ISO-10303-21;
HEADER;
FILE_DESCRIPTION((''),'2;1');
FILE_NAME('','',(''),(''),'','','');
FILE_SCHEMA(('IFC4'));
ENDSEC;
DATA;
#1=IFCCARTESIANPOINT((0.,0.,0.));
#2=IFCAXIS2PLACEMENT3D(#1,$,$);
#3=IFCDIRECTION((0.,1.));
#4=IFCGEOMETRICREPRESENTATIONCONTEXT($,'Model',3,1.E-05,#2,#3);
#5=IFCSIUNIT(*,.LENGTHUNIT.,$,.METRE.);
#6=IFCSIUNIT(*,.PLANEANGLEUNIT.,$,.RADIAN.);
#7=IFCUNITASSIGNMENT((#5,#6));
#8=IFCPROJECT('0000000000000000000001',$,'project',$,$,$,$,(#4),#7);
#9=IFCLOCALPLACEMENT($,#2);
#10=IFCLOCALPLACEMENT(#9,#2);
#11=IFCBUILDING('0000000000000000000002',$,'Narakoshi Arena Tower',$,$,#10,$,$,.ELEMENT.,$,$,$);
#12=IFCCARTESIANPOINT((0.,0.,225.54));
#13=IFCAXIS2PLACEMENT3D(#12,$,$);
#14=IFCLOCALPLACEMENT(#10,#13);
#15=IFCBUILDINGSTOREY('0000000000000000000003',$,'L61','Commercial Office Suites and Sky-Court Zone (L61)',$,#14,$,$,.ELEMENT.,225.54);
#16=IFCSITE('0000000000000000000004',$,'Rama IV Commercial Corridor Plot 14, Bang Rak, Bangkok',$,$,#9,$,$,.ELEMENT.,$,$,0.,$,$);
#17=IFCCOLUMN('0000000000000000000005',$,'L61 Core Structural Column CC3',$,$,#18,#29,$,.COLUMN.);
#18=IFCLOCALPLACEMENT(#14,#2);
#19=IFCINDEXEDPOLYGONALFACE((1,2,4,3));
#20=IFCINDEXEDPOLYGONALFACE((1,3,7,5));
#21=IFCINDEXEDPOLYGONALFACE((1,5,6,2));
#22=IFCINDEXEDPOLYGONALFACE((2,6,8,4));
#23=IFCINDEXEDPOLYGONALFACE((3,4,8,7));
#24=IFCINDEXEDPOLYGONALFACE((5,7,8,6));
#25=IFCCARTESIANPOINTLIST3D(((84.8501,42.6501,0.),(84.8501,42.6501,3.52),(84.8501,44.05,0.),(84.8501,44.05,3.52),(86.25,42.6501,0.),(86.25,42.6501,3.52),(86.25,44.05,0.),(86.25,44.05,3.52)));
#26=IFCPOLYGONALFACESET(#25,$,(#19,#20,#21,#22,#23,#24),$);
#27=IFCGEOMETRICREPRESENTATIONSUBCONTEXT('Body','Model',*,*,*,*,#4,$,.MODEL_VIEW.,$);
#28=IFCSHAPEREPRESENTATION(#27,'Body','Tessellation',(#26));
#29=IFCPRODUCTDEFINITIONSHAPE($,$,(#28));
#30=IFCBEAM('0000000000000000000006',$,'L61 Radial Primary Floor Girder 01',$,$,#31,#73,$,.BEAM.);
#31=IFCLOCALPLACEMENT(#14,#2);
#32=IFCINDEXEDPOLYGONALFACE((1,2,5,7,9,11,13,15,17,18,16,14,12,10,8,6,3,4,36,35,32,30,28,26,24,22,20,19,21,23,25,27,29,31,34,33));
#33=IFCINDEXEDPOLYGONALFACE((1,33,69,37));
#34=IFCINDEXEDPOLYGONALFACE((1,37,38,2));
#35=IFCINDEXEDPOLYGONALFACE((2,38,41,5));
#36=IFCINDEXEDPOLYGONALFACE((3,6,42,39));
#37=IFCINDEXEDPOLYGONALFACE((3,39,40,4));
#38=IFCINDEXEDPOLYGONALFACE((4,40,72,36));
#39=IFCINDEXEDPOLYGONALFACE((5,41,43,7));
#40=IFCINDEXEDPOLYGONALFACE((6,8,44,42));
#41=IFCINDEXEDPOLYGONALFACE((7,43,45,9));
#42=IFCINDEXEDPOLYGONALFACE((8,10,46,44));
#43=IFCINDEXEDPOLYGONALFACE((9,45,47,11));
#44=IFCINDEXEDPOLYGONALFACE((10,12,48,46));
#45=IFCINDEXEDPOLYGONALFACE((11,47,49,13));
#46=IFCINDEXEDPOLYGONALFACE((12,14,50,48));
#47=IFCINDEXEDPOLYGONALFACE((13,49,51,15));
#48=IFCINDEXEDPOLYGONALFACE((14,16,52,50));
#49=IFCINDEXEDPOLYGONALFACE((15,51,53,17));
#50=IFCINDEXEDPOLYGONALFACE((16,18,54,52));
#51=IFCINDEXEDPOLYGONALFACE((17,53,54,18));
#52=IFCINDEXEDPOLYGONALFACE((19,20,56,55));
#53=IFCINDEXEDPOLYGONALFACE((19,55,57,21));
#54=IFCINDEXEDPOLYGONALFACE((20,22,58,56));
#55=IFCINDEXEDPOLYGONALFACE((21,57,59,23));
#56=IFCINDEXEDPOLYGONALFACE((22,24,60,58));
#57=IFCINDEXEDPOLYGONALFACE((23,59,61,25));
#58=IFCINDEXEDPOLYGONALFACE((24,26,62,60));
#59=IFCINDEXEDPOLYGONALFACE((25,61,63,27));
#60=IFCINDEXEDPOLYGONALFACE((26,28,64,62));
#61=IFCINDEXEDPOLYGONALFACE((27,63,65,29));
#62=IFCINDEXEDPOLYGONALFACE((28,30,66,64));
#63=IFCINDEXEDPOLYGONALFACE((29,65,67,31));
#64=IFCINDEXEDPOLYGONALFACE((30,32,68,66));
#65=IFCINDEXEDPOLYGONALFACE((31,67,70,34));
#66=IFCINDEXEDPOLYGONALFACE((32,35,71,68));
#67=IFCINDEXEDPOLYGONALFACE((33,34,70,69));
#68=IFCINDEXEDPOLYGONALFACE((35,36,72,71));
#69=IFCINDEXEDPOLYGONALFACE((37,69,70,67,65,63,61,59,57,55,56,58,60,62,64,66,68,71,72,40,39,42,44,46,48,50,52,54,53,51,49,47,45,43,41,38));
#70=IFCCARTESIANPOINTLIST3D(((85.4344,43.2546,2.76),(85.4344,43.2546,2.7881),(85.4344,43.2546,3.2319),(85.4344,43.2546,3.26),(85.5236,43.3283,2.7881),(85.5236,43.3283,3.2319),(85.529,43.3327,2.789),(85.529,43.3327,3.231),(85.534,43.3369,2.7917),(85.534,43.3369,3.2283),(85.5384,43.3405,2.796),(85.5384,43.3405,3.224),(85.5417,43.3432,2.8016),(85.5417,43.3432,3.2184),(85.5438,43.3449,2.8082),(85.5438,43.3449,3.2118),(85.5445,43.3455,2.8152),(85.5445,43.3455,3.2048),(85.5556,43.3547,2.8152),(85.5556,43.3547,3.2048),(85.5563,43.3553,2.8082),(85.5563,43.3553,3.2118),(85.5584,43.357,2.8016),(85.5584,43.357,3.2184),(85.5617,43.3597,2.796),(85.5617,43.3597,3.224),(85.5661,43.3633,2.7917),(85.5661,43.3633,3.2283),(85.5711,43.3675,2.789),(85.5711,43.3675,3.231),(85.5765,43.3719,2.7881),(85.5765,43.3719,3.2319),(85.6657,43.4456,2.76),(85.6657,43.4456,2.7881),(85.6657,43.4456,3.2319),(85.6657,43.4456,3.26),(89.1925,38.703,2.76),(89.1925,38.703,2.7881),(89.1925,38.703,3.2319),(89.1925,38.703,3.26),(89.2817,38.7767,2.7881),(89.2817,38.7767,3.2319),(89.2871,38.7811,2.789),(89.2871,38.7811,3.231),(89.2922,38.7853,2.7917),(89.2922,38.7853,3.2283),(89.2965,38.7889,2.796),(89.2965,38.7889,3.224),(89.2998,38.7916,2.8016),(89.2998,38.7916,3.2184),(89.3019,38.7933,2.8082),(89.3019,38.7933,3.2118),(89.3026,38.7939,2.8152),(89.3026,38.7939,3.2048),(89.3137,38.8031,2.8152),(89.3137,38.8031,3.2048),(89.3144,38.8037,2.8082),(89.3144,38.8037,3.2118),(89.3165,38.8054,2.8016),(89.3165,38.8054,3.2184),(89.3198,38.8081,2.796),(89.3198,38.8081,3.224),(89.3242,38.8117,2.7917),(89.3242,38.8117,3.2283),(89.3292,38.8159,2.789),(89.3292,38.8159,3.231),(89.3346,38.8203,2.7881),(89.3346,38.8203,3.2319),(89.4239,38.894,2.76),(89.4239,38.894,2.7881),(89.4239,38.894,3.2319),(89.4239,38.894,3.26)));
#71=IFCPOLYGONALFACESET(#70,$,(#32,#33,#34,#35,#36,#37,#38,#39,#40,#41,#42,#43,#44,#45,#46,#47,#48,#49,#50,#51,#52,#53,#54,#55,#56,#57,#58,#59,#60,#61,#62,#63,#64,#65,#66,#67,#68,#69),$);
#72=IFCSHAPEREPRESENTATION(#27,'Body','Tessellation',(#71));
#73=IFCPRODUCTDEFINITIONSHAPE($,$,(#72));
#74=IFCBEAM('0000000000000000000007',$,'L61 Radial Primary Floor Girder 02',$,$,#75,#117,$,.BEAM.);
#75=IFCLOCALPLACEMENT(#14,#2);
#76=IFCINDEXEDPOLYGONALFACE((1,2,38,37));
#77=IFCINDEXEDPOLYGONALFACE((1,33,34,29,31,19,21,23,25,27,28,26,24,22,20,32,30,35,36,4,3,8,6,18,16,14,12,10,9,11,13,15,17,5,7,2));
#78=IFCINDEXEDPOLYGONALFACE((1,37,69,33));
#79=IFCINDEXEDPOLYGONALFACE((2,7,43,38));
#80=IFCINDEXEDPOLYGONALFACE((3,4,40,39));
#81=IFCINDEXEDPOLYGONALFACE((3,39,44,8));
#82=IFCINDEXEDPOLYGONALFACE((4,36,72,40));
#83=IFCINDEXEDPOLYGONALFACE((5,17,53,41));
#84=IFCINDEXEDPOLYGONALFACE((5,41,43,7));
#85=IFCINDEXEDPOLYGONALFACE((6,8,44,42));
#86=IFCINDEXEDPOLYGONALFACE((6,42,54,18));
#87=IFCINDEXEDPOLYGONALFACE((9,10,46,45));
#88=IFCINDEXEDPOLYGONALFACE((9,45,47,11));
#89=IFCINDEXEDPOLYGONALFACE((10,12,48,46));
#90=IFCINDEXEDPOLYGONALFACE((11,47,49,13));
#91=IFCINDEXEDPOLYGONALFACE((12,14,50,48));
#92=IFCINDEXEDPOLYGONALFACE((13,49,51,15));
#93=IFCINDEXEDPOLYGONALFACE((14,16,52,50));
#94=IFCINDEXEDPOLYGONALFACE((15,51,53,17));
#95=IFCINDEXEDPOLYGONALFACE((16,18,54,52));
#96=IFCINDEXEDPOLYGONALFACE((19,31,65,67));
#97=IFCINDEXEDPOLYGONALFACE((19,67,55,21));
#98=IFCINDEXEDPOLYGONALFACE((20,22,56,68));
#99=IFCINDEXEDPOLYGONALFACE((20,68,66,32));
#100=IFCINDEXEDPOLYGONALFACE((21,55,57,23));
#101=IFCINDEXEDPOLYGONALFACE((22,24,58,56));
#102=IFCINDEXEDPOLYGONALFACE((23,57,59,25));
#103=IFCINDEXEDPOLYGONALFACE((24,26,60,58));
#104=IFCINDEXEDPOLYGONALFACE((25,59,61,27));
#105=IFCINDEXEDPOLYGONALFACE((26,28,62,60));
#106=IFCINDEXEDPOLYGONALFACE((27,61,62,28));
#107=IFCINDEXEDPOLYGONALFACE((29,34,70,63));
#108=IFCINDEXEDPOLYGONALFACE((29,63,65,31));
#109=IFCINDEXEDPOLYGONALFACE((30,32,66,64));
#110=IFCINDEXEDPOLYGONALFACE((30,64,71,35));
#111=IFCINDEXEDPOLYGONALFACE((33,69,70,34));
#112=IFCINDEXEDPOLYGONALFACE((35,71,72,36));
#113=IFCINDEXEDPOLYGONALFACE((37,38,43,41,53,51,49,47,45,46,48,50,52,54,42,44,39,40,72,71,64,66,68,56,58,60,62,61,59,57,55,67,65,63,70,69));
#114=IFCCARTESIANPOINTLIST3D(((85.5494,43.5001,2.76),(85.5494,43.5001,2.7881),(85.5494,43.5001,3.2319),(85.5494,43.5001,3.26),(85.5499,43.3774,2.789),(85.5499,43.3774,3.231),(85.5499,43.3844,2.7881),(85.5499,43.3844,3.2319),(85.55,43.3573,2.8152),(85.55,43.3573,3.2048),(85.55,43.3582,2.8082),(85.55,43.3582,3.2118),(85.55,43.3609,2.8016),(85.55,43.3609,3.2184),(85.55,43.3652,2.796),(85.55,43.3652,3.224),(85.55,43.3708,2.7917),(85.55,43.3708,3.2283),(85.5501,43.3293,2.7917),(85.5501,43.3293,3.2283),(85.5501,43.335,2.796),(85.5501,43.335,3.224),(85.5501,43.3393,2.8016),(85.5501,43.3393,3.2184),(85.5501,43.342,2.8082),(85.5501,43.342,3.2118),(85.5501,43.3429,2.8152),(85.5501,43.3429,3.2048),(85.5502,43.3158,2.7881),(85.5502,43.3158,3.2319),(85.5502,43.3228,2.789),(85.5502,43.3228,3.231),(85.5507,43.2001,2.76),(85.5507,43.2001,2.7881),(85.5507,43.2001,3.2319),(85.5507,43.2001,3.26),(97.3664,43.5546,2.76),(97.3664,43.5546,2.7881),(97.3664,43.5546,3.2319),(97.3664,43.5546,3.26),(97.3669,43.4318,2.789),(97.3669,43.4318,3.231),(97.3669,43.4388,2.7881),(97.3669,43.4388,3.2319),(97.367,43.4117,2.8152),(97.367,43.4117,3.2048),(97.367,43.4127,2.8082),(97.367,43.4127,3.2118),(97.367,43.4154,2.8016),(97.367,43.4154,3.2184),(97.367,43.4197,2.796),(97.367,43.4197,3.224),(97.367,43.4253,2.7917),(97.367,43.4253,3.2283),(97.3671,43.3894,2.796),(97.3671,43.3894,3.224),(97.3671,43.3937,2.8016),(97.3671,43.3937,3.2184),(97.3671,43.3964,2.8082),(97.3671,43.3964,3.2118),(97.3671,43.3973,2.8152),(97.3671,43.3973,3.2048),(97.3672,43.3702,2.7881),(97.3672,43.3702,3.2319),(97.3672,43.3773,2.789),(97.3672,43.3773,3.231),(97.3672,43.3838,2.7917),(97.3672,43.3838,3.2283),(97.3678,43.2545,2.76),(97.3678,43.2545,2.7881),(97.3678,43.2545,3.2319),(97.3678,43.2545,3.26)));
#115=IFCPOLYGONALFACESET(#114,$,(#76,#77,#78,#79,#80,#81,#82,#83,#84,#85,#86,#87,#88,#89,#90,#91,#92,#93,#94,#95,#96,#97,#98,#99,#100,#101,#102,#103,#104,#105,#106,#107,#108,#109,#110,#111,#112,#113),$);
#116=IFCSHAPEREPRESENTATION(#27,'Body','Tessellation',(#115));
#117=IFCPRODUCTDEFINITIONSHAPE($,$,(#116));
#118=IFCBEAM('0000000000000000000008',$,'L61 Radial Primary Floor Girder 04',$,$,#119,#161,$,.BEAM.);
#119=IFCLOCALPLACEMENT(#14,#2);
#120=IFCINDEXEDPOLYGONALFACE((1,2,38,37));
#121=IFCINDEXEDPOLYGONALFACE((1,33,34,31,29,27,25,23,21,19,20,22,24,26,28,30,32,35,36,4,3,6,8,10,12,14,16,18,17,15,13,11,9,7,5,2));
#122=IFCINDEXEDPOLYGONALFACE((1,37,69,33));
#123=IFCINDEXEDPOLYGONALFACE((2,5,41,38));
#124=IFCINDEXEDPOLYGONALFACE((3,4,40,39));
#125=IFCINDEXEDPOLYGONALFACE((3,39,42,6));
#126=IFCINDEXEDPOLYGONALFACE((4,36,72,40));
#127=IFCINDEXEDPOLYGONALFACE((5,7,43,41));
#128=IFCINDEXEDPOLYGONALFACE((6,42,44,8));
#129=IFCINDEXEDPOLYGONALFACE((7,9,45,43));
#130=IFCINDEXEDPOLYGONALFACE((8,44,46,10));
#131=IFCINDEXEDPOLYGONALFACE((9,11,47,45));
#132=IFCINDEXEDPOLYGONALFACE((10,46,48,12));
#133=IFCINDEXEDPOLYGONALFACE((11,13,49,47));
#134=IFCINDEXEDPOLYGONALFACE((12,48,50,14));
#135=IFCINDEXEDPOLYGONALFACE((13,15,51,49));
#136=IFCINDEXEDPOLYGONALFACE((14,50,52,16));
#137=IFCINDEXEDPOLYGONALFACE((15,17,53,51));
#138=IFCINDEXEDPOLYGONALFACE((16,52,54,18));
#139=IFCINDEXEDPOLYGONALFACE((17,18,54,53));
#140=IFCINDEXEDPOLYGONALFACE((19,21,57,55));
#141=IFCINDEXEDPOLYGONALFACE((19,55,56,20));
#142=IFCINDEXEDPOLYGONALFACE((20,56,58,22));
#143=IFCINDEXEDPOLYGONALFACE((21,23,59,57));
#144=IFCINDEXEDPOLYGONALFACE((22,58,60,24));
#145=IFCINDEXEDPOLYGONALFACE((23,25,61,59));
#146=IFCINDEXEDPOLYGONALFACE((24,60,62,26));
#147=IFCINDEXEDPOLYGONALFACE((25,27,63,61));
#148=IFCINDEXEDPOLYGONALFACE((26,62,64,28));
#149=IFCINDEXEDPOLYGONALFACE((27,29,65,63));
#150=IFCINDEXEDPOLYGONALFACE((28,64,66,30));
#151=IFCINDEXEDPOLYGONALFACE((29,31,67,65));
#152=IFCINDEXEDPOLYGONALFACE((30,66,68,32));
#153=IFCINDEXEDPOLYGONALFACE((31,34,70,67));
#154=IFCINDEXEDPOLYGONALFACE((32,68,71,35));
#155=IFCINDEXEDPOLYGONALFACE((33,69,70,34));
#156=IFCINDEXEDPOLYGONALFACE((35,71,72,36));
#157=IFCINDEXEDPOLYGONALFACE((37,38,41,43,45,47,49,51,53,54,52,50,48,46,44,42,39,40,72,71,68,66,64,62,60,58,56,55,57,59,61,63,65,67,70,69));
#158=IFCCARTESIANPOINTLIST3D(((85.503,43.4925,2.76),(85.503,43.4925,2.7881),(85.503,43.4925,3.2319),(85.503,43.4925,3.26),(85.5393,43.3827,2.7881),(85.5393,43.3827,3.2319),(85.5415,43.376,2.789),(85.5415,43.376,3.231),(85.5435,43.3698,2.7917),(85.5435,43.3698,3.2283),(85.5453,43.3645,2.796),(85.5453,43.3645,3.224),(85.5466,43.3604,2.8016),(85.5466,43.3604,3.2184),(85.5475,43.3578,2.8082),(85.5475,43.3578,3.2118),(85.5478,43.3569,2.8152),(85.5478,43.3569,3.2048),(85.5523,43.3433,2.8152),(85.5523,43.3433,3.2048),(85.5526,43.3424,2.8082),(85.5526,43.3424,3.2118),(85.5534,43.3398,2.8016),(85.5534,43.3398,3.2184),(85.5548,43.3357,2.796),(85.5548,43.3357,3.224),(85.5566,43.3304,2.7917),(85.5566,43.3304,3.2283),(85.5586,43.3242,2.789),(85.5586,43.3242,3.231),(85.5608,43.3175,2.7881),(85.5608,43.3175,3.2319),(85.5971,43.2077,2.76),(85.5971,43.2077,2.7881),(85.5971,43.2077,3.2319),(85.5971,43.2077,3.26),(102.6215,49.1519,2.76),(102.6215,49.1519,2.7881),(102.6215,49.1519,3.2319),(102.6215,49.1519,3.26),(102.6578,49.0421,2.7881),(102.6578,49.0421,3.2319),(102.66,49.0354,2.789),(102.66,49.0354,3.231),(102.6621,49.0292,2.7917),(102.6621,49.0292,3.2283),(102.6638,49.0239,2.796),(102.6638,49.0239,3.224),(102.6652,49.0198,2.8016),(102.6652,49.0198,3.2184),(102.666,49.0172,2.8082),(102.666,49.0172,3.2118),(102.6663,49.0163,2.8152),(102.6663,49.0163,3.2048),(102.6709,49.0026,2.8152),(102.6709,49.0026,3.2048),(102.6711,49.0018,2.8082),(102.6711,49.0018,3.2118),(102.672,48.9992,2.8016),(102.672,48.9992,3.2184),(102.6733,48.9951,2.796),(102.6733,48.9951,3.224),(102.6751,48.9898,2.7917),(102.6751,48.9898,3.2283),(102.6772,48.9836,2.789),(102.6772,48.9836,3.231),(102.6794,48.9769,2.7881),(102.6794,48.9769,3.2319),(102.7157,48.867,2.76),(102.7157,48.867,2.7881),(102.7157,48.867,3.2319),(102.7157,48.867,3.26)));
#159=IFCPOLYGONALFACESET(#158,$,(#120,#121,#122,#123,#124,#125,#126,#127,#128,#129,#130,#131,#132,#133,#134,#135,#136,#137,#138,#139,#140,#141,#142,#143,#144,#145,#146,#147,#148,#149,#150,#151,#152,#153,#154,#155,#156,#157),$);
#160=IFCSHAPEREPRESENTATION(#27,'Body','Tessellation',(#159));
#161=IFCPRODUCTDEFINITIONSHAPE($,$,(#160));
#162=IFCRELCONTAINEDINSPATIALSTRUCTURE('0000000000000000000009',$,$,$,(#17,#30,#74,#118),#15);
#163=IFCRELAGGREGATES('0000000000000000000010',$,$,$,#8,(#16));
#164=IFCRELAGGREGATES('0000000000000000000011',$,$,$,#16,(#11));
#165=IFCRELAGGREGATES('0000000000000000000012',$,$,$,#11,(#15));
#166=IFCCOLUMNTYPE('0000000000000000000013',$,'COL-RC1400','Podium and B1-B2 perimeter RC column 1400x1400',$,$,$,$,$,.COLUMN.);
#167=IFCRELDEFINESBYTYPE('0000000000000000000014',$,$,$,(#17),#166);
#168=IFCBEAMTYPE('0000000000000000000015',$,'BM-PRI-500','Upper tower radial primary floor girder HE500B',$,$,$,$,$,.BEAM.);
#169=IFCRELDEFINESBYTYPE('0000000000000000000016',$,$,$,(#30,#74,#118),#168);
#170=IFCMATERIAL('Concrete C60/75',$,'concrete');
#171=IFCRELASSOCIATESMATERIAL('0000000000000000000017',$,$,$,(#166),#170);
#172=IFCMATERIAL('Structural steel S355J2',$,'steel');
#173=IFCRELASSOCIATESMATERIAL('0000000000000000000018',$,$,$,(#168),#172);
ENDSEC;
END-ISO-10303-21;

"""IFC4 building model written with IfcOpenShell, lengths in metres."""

from ifc_helpers import new_model, si_unit, direction, frame, origin, origin_2d, place, context, subcontext, project, spatial, rectangle, i_section, extrude, material, material_profile, profile_set, type_object, element, save


model = new_model("IFC4")

# Units and contexts
model_context = context("Model", 3, precision=1e-05, world=origin(), true_north=direction((0.0, 1.0)))
body_context = subcontext(model_context, "Body", "Model", "MODEL_VIEW")
ifc_project = project(units=[si_unit("LENGTHUNIT", "METRE"), si_unit("PLANEANGLEUNIT", "RADIAN")], contexts=[model_context])

# Site, building, storey
site_placement = place(None, origin())
site = spatial("IfcSite", under=ifc_project, at=site_placement, Name="Rama IV Commercial Corridor Plot 14, Bang Rak, Bangkok", CompositionType="ELEMENT", RefElevation=0.0)
building_placement = place(site_placement, origin())
building = spatial("IfcBuilding", under=site, at=building_placement, Name="Narakoshi Arena Tower", CompositionType="ELEMENT")
storey_placement = place(building_placement, frame((0.0, 0.0, 225.54)))
storey = spatial("IfcBuildingStorey", under=building, at=storey_placement, Name="L61", Description="Commercial Office Suites and Sky-Court Zone (L61)", CompositionType="ELEMENT", Elevation=225.54)

# Column
ifc_material_1 = material(Name="Concrete C60/75", Category="concrete")
ifc_material_profile_1 = material_profile(ifc_material_1, rectangle(XDim=1.3999, YDim=1.3999, at=origin_2d()), Name="RC1400x1400")
ifc_profile_set_1 = profile_set([ifc_material_profile_1], Name="Concrete C60/75")
column_type = type_object("IfcColumnType", Name="COL-RC1400", Description="Podium and B1-B2 perimeter RC column 1400x1400", PredefinedType="COLUMN", material=ifc_profile_set_1)
column_placement = place(storey_placement, frame((85.55, 43.3501, 0.0), z_axis=(0.0, 0.0, 1.0), x_axis=(1.0, 0.0, 0.0)))
element("IfcColumn", 1, at=column_placement, inside=storey, type_object=column_type, Name="L61 Core Structural Column CC3", PredefinedType="COLUMN", context=body_context, shape_type="SweptSolid", body=[
    extrude(rectangle(XDim=1.3999, YDim=1.3999, at=origin_2d()), origin(), (0.0, 0.0, 1.0), 3.52),
])

# Beams
ifc_material_2 = material(Name="Structural steel S355J2", Category="steel")
ifc_material_profile_2 = material_profile(ifc_material_2, i_section(OverallWidth=0.3, OverallDepth=0.5, WebThickness=0.0144, FlangeThickness=0.0281, FilletRadius=0.0271, at=origin_2d()), Name="HE500B")
ifc_profile_set_2 = profile_set([ifc_material_profile_2], Name="Structural steel S355J2")
beam_type_1 = type_object("IfcBeamType", Name="BM-PRI-500", Description="Upper tower radial primary floor girder HE500B", PredefinedType="BEAM", material=ifc_profile_set_2)
beam_1_placement = place(storey_placement, frame((85.55, 43.3501, 3.01), z_axis=(0.636691, -0.771119, 0.0), x_axis=(0.771119, 0.636691, 0.0)))
element("IfcBeam", 2, at=beam_1_placement, inside=storey, type_object=beam_type_1, Name="L61 Radial Primary Floor Girder 01", PredefinedType="BEAM", context=body_context, shape_type="SweptSolid", body=[
    extrude(i_section(OverallWidth=0.3, OverallDepth=0.5, WebThickness=0.0144, FlangeThickness=0.0281, FilletRadius=0.0271, at=origin_2d()), origin(), (0.0, 0.0, 1.0), 5.9026),
])
beam_2_placement = place(storey_placement, frame((85.55, 43.3501, 3.01), z_axis=(0.999989, 0.004607, 0.0), x_axis=(-0.004607, 0.999989, 0.0)))
element("IfcBeam", 3, at=beam_2_placement, inside=storey, type_object=beam_type_1, Name="L61 Radial Primary Floor Girder 02", PredefinedType="BEAM", context=body_context, shape_type="SweptSolid", body=[
    extrude(i_section(OverallWidth=0.3, OverallDepth=0.5, WebThickness=0.0144, FlangeThickness=0.0281, FilletRadius=0.0271, at=origin_2d()), origin(), (0.0, 0.0, 1.0), 11.8171),
])
beam_3_placement = place(storey_placement, frame((85.55, 43.3501, 3.01), z_axis=(0.949459, 0.313891, 0.0), x_axis=(-0.313891, 0.949459, 0.0)))
element("IfcBeam", 4, at=beam_3_placement, inside=storey, type_object=beam_type_1, Name="L61 Radial Primary Floor Girder 04", PredefinedType="BEAM", context=body_context, shape_type="SweptSolid", body=[
    extrude(i_section(OverallWidth=0.3, OverallDepth=0.5, WebThickness=0.0144, FlangeThickness=0.0281, FilletRadius=0.0271, at=origin_2d()), origin(), (0.0, 0.0, 1.0), 18.0298),
])

save(model, "model.ifc")
